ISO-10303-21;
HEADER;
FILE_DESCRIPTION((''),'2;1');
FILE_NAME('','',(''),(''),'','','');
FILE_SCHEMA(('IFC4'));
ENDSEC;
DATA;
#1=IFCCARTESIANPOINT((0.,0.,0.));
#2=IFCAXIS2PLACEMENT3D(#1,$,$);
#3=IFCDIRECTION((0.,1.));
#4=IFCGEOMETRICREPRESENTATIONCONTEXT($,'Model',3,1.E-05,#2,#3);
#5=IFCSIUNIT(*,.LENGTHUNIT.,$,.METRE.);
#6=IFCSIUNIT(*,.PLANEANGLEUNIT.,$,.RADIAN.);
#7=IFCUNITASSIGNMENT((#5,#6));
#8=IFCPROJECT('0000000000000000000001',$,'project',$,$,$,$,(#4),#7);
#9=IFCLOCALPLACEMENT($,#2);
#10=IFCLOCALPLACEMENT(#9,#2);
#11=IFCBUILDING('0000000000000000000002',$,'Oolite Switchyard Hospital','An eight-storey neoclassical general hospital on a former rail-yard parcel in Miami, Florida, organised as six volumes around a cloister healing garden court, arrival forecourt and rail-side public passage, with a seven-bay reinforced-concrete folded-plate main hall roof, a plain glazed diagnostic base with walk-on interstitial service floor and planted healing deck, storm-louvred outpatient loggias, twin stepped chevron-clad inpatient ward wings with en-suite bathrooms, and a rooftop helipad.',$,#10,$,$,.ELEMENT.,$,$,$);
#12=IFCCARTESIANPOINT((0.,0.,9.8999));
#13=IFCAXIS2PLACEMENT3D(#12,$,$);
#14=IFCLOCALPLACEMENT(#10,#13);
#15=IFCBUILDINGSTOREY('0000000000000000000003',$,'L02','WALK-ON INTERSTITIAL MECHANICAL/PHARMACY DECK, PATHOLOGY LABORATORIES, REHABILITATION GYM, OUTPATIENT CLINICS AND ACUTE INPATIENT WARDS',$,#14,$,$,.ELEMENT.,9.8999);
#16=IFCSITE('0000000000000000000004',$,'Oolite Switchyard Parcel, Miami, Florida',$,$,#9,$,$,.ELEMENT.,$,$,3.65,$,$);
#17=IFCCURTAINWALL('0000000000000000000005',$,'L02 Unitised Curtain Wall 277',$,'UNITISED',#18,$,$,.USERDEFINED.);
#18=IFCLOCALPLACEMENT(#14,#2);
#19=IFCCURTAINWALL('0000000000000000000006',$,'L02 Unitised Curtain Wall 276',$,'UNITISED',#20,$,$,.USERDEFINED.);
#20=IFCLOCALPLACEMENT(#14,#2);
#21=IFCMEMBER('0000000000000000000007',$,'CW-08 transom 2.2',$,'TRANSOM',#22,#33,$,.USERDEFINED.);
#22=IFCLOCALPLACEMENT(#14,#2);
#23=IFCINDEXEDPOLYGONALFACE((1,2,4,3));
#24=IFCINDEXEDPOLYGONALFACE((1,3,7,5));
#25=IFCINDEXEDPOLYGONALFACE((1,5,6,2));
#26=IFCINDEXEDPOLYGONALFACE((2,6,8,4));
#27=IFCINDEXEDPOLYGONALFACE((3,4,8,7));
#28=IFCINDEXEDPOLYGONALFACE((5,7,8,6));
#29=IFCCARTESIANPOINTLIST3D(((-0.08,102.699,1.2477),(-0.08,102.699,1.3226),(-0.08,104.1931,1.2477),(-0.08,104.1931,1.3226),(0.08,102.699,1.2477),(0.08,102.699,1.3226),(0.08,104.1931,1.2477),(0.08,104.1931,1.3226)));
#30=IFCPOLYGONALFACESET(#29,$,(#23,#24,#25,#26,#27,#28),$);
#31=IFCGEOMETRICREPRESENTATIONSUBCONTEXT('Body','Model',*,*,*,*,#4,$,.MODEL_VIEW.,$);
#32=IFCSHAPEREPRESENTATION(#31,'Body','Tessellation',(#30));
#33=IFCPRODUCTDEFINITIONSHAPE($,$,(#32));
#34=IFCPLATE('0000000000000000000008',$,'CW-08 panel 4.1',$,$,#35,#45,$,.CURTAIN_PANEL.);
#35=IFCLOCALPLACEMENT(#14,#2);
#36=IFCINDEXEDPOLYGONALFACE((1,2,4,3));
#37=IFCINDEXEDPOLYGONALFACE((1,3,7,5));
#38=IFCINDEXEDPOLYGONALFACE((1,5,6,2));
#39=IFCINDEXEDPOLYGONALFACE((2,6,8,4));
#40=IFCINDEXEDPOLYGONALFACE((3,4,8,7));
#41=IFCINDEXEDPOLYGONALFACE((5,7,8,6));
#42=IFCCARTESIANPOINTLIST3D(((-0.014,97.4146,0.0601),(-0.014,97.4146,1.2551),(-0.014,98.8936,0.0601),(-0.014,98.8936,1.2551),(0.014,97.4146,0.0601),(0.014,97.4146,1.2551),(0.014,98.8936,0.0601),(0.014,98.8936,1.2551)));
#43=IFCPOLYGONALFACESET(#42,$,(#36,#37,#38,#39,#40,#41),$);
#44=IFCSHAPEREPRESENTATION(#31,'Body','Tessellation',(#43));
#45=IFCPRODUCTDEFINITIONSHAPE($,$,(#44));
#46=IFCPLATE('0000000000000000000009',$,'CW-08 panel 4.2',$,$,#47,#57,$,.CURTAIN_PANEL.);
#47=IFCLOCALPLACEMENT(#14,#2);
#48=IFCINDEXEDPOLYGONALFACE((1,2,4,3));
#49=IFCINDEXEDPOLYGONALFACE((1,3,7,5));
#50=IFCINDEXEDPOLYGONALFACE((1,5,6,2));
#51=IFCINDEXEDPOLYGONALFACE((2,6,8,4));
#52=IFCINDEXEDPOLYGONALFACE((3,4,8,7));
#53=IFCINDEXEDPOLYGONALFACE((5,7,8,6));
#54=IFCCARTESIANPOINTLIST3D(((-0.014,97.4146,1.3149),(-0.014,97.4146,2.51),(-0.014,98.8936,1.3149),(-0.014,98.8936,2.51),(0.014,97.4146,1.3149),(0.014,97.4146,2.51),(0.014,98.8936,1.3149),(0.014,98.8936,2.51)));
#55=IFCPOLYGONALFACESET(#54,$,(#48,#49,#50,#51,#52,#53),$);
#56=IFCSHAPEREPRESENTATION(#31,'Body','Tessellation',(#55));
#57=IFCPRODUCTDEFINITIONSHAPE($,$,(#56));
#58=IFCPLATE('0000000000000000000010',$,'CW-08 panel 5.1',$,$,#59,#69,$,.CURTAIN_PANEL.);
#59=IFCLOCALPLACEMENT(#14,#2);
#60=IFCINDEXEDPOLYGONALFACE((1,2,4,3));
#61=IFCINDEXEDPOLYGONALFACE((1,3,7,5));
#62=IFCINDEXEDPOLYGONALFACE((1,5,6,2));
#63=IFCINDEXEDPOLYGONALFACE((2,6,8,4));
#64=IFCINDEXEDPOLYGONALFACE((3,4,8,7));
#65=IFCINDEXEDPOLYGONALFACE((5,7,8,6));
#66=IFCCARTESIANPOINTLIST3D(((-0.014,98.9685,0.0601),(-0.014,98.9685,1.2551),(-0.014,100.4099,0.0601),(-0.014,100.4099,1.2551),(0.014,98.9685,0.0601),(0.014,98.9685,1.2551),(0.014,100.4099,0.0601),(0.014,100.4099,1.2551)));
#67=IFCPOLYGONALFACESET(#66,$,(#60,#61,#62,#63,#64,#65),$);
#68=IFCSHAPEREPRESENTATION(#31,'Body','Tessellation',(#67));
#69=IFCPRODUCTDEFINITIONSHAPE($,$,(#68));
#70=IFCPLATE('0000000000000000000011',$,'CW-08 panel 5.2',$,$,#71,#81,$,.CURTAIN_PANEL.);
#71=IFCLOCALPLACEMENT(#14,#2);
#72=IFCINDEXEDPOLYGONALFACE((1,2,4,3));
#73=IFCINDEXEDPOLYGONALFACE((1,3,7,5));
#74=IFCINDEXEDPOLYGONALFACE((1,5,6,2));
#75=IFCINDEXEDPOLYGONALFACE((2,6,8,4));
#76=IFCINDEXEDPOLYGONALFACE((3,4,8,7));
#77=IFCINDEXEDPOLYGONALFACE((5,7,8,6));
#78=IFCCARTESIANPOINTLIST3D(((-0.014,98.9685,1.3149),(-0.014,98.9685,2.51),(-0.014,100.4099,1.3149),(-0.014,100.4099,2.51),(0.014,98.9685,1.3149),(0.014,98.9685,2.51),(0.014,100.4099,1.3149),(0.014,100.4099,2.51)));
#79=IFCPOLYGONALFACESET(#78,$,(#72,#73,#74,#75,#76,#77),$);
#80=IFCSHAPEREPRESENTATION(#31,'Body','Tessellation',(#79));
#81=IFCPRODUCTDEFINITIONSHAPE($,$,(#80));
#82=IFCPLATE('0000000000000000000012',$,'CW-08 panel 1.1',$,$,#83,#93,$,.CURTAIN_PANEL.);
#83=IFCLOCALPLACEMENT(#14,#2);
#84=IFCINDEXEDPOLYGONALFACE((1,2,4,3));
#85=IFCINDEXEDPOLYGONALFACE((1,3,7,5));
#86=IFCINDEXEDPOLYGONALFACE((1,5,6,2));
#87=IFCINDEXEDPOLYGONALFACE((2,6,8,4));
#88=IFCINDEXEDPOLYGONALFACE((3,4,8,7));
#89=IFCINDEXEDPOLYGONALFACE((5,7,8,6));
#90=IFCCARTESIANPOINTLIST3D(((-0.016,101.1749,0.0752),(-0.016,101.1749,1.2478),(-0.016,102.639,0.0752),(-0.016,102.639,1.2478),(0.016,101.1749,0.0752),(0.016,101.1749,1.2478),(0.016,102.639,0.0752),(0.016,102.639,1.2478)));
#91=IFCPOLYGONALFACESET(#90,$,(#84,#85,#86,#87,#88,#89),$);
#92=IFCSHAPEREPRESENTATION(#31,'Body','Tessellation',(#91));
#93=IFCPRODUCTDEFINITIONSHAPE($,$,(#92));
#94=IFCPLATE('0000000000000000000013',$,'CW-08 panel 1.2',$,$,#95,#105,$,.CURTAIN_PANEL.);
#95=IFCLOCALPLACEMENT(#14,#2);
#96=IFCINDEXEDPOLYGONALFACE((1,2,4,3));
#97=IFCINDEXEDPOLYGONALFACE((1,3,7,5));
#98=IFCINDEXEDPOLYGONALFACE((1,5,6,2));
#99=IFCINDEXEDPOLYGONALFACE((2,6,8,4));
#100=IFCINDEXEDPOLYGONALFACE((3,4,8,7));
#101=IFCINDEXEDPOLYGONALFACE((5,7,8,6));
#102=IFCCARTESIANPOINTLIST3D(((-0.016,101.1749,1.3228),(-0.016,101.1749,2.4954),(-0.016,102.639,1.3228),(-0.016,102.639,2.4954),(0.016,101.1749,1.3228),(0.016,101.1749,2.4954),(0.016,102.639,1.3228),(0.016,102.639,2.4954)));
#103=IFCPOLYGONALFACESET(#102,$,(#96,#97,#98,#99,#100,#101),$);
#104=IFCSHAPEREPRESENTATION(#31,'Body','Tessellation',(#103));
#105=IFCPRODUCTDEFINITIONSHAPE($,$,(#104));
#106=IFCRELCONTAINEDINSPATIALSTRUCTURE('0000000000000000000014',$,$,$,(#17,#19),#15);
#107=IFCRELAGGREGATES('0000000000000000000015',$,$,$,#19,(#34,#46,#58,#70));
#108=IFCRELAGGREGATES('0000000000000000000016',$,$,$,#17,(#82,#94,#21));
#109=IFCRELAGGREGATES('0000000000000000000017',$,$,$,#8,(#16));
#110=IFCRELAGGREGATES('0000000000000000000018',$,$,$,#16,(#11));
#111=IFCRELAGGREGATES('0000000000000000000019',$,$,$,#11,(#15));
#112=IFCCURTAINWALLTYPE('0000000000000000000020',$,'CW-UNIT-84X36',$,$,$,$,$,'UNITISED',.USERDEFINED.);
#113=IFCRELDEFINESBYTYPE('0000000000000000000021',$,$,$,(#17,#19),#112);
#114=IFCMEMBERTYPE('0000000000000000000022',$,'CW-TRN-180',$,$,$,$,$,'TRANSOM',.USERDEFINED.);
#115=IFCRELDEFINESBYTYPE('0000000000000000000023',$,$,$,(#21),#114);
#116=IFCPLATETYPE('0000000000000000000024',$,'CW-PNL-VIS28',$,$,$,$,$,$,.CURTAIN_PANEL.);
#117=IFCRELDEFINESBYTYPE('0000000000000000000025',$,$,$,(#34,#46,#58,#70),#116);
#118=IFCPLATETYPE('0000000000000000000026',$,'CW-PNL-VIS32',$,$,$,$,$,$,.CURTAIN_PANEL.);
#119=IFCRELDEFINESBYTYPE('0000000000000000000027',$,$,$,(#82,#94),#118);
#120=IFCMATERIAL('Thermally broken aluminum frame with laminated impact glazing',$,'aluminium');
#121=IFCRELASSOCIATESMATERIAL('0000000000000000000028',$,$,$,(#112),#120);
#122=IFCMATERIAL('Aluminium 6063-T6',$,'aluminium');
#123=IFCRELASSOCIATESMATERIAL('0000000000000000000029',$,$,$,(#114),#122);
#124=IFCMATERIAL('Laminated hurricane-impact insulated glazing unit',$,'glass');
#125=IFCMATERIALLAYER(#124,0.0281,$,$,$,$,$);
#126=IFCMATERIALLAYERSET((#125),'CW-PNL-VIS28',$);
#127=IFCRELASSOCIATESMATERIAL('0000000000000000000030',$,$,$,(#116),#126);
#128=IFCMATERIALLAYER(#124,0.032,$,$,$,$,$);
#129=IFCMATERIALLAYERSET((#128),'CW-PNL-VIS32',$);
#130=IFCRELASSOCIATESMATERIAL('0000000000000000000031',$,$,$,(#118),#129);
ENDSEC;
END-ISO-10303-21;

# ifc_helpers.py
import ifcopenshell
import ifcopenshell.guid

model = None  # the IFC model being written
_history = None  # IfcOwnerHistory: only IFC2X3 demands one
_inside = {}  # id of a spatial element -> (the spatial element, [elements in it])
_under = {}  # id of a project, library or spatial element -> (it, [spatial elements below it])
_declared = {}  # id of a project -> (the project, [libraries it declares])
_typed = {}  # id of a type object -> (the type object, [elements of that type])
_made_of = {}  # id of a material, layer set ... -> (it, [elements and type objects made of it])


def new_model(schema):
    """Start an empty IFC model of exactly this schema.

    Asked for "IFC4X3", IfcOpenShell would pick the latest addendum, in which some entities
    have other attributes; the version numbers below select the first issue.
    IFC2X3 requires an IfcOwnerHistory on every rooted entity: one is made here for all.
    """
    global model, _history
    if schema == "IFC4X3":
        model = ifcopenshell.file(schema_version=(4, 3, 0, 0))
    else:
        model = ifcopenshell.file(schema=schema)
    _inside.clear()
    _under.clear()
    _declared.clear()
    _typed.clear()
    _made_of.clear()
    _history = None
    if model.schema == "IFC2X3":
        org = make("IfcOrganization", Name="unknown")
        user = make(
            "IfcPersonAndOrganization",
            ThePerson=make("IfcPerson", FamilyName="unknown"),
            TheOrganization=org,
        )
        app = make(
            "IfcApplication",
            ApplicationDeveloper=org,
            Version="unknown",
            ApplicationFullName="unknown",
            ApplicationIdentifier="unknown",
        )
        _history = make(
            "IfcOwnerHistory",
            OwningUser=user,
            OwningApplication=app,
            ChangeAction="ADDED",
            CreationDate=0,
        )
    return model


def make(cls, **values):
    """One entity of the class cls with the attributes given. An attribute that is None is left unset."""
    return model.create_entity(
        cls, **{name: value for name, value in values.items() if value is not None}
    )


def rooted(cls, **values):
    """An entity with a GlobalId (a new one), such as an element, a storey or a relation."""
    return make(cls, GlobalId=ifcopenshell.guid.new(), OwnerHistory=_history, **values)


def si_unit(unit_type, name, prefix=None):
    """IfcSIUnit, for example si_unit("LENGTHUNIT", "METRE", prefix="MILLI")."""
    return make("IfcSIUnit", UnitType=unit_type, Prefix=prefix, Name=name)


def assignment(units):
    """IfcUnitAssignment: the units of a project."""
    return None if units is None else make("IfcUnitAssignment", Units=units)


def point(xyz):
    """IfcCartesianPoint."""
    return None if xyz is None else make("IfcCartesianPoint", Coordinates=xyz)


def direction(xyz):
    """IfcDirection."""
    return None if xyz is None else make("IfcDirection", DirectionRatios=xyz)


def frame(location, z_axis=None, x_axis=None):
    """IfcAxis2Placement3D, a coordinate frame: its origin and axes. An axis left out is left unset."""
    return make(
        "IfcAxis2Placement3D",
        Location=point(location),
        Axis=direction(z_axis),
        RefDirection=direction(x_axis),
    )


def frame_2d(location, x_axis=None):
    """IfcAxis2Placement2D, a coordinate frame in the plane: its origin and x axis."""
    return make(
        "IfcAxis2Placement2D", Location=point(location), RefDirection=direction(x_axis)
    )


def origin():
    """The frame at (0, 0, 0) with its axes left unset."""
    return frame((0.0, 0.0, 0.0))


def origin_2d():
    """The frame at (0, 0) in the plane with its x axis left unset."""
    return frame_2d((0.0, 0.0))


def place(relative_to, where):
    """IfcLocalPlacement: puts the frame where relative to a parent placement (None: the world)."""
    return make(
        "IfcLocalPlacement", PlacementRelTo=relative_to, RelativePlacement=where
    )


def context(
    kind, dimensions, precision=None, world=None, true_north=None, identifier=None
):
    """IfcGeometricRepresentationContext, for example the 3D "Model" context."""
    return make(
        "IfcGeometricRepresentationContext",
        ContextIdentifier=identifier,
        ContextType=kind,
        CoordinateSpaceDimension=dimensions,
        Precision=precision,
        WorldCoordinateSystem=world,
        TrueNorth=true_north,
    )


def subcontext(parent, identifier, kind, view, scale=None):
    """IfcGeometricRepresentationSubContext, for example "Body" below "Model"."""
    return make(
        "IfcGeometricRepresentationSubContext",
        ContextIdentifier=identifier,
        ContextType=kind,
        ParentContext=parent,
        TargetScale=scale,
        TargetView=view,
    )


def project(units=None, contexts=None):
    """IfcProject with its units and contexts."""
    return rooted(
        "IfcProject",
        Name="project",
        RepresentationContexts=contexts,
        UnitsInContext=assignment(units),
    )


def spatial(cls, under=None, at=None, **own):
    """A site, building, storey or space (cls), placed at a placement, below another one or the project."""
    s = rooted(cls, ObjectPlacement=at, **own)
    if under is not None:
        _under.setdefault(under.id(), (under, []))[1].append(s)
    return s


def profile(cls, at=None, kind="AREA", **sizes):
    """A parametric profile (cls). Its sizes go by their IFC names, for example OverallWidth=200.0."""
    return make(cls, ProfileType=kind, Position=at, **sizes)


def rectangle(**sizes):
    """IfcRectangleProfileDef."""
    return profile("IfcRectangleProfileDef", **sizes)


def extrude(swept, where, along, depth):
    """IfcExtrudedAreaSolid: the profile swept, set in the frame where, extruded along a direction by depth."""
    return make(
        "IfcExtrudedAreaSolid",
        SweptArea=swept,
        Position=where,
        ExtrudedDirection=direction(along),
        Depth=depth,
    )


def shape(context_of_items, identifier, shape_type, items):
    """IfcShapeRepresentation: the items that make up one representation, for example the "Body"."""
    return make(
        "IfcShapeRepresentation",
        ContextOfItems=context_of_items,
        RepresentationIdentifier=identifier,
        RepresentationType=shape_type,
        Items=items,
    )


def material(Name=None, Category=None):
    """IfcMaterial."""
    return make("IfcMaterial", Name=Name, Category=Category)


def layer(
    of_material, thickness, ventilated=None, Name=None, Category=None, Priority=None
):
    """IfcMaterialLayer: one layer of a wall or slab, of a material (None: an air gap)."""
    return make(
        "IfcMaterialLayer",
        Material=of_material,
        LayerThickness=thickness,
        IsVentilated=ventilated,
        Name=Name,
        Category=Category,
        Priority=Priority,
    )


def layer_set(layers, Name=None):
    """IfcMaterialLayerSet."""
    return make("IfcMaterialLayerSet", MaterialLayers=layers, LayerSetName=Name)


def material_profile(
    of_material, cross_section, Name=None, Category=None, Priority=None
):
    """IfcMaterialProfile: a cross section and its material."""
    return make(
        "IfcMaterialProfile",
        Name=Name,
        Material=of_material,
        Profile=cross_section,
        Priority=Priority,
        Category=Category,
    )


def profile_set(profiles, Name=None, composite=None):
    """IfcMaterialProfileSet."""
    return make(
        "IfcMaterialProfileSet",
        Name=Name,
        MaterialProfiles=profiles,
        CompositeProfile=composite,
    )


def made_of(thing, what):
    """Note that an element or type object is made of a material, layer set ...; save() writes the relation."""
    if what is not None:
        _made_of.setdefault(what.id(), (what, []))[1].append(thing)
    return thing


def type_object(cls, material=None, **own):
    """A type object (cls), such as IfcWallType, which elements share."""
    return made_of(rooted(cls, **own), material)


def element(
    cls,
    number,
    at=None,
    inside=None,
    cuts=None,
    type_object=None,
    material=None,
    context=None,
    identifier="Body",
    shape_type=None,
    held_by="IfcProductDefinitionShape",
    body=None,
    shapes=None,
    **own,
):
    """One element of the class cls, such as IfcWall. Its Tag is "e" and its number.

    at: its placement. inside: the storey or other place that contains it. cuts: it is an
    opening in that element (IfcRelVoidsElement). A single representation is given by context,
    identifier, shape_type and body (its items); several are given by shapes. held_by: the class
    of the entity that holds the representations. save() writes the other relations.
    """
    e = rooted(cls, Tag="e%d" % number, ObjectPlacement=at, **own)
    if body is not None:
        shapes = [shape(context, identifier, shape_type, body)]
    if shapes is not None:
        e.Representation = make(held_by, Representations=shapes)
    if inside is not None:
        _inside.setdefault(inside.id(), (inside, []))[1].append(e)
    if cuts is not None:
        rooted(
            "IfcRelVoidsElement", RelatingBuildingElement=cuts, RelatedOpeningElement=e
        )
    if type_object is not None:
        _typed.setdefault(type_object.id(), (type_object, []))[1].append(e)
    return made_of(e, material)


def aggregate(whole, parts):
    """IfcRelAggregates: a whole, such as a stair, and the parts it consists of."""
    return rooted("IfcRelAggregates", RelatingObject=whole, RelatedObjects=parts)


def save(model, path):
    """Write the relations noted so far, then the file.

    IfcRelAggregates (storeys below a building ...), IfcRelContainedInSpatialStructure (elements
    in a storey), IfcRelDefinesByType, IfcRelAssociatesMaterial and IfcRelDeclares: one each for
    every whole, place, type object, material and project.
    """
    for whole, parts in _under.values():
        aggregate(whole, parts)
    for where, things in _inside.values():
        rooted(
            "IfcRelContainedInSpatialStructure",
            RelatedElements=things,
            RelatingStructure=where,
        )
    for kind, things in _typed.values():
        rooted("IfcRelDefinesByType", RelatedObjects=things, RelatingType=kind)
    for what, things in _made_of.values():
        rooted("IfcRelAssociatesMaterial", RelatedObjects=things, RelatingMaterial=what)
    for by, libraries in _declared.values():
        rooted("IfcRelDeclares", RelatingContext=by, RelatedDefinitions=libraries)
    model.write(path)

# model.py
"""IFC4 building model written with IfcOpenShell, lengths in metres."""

from ifc_helpers import new_model, si_unit, direction, frame, origin, origin_2d, place, context, subcontext, project, spatial, rectangle, extrude, material, layer, layer_set, material_profile, profile_set, type_object, element, aggregate, save


model = new_model("IFC4")

# Units and contexts
model_context = context("Model", 3, precision=1e-05, world=origin(), true_north=direction((0.0, 1.0)))
body_context = subcontext(model_context, "Body", "Model", "MODEL_VIEW")
ifc_project = project(units=[si_unit("LENGTHUNIT", "METRE"), si_unit("PLANEANGLEUNIT", "RADIAN")], contexts=[model_context])

# Site, building, storey
site_placement = place(None, origin())
site = spatial("IfcSite", under=ifc_project, at=site_placement, Name="Oolite Switchyard Parcel, Miami, Florida", CompositionType="ELEMENT", RefElevation=3.65)
building_placement = place(site_placement, origin())
building = spatial("IfcBuilding", under=site, at=building_placement, Name="Oolite Switchyard Hospital", Description="An eight-storey neoclassical general hospital on a former rail-yard parcel in Miami, Florida, organised as six volumes around a cloister healing garden court, arrival forecourt and rail-side public passage, with a seven-bay reinforced-concrete folded-plate main hall roof, a plain glazed diagnostic base with walk-on interstitial service floor and planted healing deck, storm-louvred outpatient loggias, twin stepped chevron-clad inpatient ward wings with en-suite bathrooms, and a rooftop helipad.", CompositionType="ELEMENT")
storey_placement = place(building_placement, frame((0.0, 0.0, 9.8999)))
storey = spatial("IfcBuildingStorey", under=building, at=storey_placement, Name="L02", Description="WALK-ON INTERSTITIAL MECHANICAL/PHARMACY DECK, PATHOLOGY LABORATORIES, REHABILITATION GYM, OUTPATIENT CLINICS AND ACUTE INPATIENT WARDS", CompositionType="ELEMENT", Elevation=9.8999)

# Curtain walls
ifc_material_1 = material(Name="Thermally broken aluminum frame with laminated impact glazing", Category="aluminium")
curtain_wall_type = type_object("IfcCurtainWallType", Name="CW-UNIT-84X36", ElementType="UNITISED", PredefinedType="USERDEFINED", material=ifc_material_1)
curtain_wall_1_placement = place(storey_placement, origin())
curtain_wall_1 = element("IfcCurtainWall", 1, at=curtain_wall_1_placement, inside=storey, type_object=curtain_wall_type, Name="L02 Unitised Curtain Wall 277", ObjectType="UNITISED", PredefinedType="USERDEFINED")
ifc_material_2 = material(Name="Aluminium 6063-T6", Category="aluminium")
curtain_wall_2_placement = place(storey_placement, origin())
curtain_wall_2 = element("IfcCurtainWall", 2, at=curtain_wall_2_placement, inside=storey, type_object=curtain_wall_type, Name="L02 Unitised Curtain Wall 276", ObjectType="UNITISED", PredefinedType="USERDEFINED")

# Member
ifc_material_profile_1 = material_profile(ifc_material_2, rectangle(XDim=0.1599, YDim=0.075, at=origin_2d()), Name="CWT75X160")
ifc_profile_set_1 = profile_set([ifc_material_profile_1], Name="Aluminium 6063-T6")
member_type_1 = type_object("IfcMemberType", Name="CW-TRN-180", ElementType="TRANSOM", PredefinedType="USERDEFINED", material=ifc_profile_set_1)
member_1_placement = place(storey_placement, frame((0.0, 102.699, 1.2852), z_axis=(0.0, 1.0, 0.0), x_axis=(-1.0, 0.0, 0.0)))
member_1 = element("IfcMember", 3, at=member_1_placement, type_object=member_type_1, Name="CW-08 transom 2.2", ObjectType="TRANSOM", PredefinedType="USERDEFINED", context=body_context, shape_type="SweptSolid", body=[
    extrude(rectangle(XDim=0.1599, YDim=0.075, at=origin_2d()), origin(), (0.0, 0.0, 1.0), 1.4941),
])

# Plates
ifc_material_3 = material(Name="Laminated hurricane-impact insulated glazing unit", Category="glass")
ifc_layer_1 = layer(ifc_material_3, 0.0281)
ifc_layer_set_1 = layer_set([ifc_layer_1], Name="CW-PNL-VIS28")
plate_type_1 = type_object("IfcPlateType", Name="CW-PNL-VIS28", PredefinedType="CURTAIN_PANEL", material=ifc_layer_set_1)
plate_1_placement = place(storey_placement, frame((0.0, 98.1541, 0.0601), z_axis=(0.0, 0.0, 1.0), x_axis=(0.0, 1.0, 0.0)))
plate_1 = element("IfcPlate", 4, at=plate_1_placement, type_object=plate_type_1, Name="CW-08 panel 4.1", PredefinedType="CURTAIN_PANEL", context=body_context, shape_type="SweptSolid", body=[
    extrude(rectangle(XDim=1.479, YDim=0.0281, at=origin_2d()), origin(), (0.0, 0.0, 1.0), 1.1951),
])
plate_2_placement = place(storey_placement, frame((0.0, 98.1541, 1.3149), z_axis=(0.0, 0.0, 1.0), x_axis=(0.0, 1.0, 0.0)))
plate_2 = element("IfcPlate", 5, at=plate_2_placement, type_object=plate_type_1, Name="CW-08 panel 4.2", PredefinedType="CURTAIN_PANEL", context=body_context, shape_type="SweptSolid", body=[
    extrude(rectangle(XDim=1.479, YDim=0.0281, at=origin_2d()), origin(), (0.0, 0.0, 1.0), 1.1951),
])
plate_3_placement = place(storey_placement, frame((0.0, 99.6892, 0.0601), z_axis=(0.0, 0.0, 1.0), x_axis=(0.0, 1.0, 0.0)))
plate_3 = element("IfcPlate", 6, at=plate_3_placement, type_object=plate_type_1, Name="CW-08 panel 5.1", PredefinedType="CURTAIN_PANEL", context=body_context, shape_type="SweptSolid", body=[
    extrude(rectangle(XDim=1.4414, YDim=0.0281, at=origin_2d()), origin(), (0.0, 0.0, 1.0), 1.1951),
])
plate_4_placement = place(storey_placement, frame((0.0, 99.6892, 1.3149), z_axis=(0.0, 0.0, 1.0), x_axis=(0.0, 1.0, 0.0)))
plate_4 = element("IfcPlate", 7, at=plate_4_placement, type_object=plate_type_1, Name="CW-08 panel 5.2", PredefinedType="CURTAIN_PANEL", context=body_context, shape_type="SweptSolid", body=[
    extrude(rectangle(XDim=1.4414, YDim=0.0281, at=origin_2d()), origin(), (0.0, 0.0, 1.0), 1.1951),
])
aggregate(curtain_wall_2, [plate_1, plate_2, plate_3, plate_4])
ifc_layer_2 = layer(ifc_material_3, 0.032)
ifc_layer_set_2 = layer_set([ifc_layer_2], Name="CW-PNL-VIS32")
plate_type_2 = type_object("IfcPlateType", Name="CW-PNL-VIS32", PredefinedType="CURTAIN_PANEL", material=ifc_layer_set_2)
plate_5_placement = place(storey_placement, frame((0.0, 101.907, 0.0752), z_axis=(0.0, 0.0, 1.0), x_axis=(0.0, 1.0, 0.0)))
plate_5 = element("IfcPlate", 8, at=plate_5_placement, type_object=plate_type_2, Name="CW-08 panel 1.1", PredefinedType="CURTAIN_PANEL", context=body_context, shape_type="SweptSolid", body=[
    extrude(rectangle(XDim=1.4641, YDim=0.032, at=origin_2d()), origin(), (0.0, 0.0, 1.0), 1.1726),
])
plate_6_placement = place(storey_placement, frame((0.0, 101.907, 1.3228), z_axis=(0.0, 0.0, 1.0), x_axis=(0.0, 1.0, 0.0)))
plate_6 = element("IfcPlate", 9, at=plate_6_placement, type_object=plate_type_2, Name="CW-08 panel 1.2", PredefinedType="CURTAIN_PANEL", context=body_context, shape_type="SweptSolid", body=[
    extrude(rectangle(XDim=1.4641, YDim=0.032, at=origin_2d()), origin(), (0.0, 0.0, 1.0), 1.1726),
])
aggregate(curtain_wall_1, [plate_5, plate_6, member_1])

save(model, "model.ifc")
